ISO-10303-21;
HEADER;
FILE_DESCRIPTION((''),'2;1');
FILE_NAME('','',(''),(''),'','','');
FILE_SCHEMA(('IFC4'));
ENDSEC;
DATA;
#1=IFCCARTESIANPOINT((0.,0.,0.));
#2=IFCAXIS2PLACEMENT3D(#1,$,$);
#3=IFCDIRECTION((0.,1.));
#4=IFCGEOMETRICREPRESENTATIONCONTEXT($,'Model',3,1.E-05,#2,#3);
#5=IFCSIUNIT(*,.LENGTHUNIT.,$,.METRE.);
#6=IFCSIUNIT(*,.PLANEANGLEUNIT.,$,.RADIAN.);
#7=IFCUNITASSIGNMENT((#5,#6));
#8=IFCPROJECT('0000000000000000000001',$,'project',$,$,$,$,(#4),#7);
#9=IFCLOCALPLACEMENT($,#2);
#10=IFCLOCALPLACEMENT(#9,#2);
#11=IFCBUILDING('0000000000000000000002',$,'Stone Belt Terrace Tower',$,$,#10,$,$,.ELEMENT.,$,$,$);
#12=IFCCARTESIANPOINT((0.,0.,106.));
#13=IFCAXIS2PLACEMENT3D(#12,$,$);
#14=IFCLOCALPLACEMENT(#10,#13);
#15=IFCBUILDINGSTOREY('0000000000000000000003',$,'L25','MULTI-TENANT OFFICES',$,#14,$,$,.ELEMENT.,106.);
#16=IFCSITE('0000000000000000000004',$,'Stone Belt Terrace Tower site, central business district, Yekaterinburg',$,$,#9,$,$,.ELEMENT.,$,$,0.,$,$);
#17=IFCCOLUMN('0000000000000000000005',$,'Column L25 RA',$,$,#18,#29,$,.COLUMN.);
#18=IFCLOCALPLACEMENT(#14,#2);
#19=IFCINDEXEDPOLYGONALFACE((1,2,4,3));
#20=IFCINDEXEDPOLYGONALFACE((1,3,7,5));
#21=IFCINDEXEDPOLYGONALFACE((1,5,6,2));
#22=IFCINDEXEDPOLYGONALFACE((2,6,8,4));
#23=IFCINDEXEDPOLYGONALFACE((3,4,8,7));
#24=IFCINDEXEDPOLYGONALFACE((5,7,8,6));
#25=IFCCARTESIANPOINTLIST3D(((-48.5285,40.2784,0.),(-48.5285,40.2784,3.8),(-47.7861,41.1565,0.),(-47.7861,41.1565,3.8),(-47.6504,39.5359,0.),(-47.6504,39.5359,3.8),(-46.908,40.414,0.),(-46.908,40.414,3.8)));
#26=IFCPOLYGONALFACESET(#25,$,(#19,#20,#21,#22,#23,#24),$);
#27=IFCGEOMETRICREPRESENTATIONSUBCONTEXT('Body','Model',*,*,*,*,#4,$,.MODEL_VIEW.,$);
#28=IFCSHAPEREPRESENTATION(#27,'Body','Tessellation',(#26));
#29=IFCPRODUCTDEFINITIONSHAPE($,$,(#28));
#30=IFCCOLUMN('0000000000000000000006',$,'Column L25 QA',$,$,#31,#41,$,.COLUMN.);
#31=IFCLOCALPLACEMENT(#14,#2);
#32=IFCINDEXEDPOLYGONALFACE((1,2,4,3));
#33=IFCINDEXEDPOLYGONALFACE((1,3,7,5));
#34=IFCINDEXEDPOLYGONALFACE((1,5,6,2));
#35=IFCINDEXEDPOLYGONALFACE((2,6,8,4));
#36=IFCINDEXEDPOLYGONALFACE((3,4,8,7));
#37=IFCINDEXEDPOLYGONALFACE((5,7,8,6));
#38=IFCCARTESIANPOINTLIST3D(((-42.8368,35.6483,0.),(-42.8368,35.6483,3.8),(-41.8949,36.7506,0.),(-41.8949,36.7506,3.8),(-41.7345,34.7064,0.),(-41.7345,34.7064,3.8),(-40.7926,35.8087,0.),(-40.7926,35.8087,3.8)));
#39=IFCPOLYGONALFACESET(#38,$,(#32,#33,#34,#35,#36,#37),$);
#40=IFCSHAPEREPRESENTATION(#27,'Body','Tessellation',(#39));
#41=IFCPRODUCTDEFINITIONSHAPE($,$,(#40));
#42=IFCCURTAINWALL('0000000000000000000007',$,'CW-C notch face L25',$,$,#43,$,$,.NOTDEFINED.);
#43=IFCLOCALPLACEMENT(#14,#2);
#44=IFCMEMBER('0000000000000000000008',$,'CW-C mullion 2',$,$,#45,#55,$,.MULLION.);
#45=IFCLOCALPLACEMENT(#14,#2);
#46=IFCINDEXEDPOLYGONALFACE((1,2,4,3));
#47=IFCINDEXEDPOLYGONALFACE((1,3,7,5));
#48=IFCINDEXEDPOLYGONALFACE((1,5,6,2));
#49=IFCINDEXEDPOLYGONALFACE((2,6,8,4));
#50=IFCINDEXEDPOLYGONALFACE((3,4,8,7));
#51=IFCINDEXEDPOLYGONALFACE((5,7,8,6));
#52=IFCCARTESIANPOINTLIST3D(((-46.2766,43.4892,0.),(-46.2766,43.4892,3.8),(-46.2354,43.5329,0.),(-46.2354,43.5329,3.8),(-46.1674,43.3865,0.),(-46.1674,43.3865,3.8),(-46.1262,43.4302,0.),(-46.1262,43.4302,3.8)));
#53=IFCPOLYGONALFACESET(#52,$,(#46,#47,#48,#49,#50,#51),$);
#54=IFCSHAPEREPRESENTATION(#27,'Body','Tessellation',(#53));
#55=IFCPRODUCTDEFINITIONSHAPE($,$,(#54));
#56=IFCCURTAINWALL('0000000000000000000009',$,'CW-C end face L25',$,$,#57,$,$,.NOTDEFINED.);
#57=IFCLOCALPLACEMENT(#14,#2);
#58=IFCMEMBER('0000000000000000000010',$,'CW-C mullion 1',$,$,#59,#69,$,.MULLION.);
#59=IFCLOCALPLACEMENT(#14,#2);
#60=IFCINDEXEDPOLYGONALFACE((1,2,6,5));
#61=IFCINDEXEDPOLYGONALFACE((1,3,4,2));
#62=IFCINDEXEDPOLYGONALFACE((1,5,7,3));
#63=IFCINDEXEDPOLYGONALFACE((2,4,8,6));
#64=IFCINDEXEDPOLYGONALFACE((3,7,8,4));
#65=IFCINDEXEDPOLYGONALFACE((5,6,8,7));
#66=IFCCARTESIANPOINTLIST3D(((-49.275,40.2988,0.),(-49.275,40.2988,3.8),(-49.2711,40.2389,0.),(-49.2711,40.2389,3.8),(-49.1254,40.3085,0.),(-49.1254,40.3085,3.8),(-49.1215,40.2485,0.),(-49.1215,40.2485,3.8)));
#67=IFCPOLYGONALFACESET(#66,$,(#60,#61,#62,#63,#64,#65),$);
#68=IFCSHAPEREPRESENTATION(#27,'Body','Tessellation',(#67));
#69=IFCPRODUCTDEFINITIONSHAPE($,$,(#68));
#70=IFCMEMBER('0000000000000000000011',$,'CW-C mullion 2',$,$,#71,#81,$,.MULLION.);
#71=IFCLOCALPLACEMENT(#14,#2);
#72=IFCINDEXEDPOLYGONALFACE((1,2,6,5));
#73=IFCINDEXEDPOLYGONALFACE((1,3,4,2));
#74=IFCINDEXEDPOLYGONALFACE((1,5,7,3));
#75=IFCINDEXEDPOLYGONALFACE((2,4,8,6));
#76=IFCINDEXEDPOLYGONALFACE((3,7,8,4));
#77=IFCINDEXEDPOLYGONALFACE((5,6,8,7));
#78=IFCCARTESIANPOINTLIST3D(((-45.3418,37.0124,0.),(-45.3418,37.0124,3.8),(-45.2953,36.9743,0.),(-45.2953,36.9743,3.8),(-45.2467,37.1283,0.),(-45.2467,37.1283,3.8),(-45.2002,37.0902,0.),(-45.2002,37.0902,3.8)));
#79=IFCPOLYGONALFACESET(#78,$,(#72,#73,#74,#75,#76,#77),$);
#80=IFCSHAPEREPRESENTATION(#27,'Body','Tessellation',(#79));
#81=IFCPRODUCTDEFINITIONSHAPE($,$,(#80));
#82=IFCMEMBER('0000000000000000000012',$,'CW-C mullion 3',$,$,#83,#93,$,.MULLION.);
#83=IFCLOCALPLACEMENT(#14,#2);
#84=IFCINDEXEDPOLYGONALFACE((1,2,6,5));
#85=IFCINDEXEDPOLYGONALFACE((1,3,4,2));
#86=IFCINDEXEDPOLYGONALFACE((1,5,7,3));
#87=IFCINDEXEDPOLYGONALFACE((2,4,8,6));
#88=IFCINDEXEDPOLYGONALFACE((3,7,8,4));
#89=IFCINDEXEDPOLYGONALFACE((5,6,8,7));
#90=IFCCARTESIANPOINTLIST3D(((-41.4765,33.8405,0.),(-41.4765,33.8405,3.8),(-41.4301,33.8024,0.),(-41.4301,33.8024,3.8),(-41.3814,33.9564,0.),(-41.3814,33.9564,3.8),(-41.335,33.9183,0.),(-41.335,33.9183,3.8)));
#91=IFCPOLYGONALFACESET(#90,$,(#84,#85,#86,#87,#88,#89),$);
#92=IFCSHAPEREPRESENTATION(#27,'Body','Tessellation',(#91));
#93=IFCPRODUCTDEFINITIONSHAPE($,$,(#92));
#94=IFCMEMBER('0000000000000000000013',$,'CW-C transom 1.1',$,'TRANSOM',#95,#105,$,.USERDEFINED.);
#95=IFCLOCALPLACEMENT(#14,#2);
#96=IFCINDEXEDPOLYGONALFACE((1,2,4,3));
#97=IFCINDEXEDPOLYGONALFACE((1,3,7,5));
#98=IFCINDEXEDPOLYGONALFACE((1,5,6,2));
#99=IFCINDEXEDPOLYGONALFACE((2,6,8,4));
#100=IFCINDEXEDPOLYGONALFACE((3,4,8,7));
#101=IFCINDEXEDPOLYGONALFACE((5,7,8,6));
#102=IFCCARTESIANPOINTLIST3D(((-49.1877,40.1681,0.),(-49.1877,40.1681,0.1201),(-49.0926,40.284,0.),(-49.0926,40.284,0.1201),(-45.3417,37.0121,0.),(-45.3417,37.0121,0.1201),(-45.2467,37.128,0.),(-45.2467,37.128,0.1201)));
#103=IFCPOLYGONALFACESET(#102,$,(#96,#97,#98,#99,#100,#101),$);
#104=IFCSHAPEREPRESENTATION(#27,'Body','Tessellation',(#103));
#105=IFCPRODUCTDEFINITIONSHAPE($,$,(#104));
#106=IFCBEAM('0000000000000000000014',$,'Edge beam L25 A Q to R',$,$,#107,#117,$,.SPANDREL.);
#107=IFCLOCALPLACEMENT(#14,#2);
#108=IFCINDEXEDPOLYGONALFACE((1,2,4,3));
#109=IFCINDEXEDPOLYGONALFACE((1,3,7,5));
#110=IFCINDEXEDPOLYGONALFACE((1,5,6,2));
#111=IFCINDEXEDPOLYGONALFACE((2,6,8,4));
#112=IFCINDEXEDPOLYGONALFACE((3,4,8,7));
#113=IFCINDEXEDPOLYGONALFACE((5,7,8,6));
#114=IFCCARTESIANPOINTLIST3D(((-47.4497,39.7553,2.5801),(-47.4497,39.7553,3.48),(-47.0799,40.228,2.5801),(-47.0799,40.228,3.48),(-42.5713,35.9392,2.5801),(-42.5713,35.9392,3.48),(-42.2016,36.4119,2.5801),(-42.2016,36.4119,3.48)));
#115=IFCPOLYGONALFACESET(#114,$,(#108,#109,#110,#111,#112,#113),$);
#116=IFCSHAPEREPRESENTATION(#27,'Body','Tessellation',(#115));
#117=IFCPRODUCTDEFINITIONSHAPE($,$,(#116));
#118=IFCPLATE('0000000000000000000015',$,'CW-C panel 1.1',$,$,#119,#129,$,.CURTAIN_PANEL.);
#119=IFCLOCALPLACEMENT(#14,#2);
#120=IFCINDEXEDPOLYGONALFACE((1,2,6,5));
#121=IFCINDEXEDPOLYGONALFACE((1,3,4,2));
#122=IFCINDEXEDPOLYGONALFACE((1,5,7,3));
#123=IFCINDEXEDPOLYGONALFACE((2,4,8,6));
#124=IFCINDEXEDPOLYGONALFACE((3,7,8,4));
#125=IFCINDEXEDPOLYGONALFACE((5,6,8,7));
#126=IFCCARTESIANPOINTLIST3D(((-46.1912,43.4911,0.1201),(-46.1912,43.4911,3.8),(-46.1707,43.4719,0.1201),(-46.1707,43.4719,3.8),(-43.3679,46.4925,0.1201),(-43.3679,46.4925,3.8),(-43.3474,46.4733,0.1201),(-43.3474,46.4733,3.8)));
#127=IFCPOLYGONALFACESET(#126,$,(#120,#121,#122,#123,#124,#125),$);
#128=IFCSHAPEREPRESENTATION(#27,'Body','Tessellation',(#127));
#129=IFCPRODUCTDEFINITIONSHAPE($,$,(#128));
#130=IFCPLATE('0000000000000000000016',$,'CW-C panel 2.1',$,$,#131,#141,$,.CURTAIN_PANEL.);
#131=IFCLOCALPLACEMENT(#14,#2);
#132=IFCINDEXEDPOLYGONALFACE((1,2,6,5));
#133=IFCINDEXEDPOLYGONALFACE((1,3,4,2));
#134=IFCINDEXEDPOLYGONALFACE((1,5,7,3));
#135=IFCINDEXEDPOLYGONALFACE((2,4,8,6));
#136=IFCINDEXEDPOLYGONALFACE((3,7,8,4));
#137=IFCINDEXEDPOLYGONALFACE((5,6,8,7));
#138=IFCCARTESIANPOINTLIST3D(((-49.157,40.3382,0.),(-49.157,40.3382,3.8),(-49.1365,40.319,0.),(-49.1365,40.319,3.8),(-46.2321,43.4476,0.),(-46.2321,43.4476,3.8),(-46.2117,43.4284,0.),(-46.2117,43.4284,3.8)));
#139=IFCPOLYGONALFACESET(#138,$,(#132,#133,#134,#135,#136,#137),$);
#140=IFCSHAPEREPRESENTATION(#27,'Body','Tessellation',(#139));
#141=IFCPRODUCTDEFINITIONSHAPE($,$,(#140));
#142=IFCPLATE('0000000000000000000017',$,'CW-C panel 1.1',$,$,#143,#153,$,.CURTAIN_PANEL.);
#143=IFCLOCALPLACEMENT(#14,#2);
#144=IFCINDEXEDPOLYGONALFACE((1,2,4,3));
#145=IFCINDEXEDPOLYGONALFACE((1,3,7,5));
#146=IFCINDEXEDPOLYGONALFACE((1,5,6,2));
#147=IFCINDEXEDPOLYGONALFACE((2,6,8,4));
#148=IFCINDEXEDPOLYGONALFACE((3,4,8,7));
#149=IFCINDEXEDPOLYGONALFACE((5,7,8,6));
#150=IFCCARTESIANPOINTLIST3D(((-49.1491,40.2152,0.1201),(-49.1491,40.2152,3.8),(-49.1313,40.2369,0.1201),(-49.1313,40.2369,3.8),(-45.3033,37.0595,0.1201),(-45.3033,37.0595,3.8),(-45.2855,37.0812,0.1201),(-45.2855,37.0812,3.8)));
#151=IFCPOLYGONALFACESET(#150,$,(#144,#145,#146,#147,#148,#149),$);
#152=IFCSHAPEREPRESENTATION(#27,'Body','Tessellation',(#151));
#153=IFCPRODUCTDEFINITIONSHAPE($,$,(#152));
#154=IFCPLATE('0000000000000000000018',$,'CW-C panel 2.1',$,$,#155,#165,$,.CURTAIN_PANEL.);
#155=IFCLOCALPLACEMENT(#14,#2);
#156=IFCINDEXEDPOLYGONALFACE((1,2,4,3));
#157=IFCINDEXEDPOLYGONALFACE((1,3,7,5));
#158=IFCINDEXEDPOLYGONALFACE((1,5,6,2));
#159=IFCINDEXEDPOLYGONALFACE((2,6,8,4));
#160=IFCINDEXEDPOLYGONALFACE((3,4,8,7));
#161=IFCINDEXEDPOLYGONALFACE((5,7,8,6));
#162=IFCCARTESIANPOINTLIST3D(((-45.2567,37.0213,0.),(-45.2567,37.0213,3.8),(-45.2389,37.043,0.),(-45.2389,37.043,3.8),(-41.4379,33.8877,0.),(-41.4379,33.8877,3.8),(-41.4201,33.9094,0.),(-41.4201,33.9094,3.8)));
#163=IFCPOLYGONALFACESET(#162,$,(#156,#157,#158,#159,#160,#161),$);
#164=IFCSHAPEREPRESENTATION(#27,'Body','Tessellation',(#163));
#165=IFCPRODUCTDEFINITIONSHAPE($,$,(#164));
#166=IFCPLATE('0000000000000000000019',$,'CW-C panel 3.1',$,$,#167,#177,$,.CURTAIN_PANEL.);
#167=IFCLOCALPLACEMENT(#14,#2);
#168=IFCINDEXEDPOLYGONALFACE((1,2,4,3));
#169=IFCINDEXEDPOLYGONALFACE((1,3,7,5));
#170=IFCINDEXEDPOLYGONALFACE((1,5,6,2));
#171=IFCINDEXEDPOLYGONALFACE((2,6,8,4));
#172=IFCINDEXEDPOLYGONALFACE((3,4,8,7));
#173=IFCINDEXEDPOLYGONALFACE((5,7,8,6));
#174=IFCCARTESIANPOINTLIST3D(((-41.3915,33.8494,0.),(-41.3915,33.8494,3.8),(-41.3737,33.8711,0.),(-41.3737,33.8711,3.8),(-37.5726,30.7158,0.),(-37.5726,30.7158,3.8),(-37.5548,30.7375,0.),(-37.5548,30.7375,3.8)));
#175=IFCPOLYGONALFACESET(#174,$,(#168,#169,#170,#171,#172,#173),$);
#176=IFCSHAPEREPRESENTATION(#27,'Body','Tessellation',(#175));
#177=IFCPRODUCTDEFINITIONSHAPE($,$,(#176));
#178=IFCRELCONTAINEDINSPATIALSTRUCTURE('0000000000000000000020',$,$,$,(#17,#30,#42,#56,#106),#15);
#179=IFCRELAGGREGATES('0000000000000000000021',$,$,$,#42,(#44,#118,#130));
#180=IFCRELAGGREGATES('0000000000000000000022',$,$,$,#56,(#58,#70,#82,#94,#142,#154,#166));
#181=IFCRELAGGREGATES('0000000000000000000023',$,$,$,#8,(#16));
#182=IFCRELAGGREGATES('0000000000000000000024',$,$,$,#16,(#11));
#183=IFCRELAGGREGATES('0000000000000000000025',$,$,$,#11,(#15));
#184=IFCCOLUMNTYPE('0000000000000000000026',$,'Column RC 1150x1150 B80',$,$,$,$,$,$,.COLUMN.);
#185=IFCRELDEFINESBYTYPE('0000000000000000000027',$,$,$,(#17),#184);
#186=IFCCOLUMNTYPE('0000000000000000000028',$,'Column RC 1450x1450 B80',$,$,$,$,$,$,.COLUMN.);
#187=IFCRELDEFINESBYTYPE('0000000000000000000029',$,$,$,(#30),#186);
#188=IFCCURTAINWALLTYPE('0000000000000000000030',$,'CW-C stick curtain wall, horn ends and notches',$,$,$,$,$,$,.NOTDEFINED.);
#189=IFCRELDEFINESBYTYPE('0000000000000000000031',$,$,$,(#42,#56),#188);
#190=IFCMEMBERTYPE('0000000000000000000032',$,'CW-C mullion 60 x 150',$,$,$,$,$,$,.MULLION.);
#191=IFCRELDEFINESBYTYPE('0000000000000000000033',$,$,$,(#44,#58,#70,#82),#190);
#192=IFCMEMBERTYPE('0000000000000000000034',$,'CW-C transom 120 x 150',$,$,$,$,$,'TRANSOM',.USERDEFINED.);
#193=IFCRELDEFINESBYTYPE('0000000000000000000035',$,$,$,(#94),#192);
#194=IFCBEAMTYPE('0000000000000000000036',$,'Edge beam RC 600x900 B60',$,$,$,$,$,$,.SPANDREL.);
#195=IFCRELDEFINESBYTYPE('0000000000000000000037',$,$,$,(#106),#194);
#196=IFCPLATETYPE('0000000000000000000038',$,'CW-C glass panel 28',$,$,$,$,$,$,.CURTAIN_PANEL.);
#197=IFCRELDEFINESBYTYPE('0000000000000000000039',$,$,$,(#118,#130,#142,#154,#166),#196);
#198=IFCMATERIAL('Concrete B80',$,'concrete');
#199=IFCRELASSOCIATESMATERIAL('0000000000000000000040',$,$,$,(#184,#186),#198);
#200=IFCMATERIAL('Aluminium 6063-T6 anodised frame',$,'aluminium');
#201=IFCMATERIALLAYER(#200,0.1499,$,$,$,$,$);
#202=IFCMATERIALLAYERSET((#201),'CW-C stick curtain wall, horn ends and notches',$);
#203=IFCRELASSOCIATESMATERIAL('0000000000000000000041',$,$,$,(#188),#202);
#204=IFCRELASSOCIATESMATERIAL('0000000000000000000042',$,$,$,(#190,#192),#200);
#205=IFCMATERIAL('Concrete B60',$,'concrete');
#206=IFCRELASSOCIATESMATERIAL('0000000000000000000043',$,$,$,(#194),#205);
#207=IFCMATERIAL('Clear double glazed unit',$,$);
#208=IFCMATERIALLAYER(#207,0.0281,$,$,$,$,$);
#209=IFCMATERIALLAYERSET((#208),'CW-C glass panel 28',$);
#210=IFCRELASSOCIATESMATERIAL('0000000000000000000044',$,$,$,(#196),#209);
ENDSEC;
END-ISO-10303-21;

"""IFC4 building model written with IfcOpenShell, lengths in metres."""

from ifc_helpers import new_model, si_unit, direction, frame, origin, origin_2d, place, context, subcontext, project, spatial, rectangle, extrude, material, layer, layer_set, material_profile, profile_set, type_object, element, aggregate, save


model = new_model("IFC4")

# Units and contexts
model_context = context("Model", 3, precision=1e-05, world=origin(), true_north=direction((0.0, 1.0)))
body_context = subcontext(model_context, "Body", "Model", "MODEL_VIEW")
ifc_project = project(units=[si_unit("LENGTHUNIT", "METRE"), si_unit("PLANEANGLEUNIT", "RADIAN")], contexts=[model_context])

# Site, building, storey
site_placement = place(None, origin())
site = spatial("IfcSite", under=ifc_project, at=site_placement, Name="Stone Belt Terrace Tower site, central business district, Yekaterinburg", CompositionType="ELEMENT", RefElevation=0.0)
building_placement = place(site_placement, origin())
building = spatial("IfcBuilding", under=site, at=building_placement, Name="Stone Belt Terrace Tower", CompositionType="ELEMENT")
storey_placement = place(building_placement, frame((0.0, 0.0, 106.0)))
storey = spatial("IfcBuildingStorey", under=building, at=storey_placement, Name="L25", Description="MULTI-TENANT OFFICES", CompositionType="ELEMENT", Elevation=106.0)

# Columns
ifc_material_1 = material(Name="Concrete B80", Category="concrete")
ifc_material_profile_1 = material_profile(ifc_material_1, rectangle(XDim=1.1499, YDim=1.1499, at=origin_2d()), Name="RC 1150x1150")
ifc_profile_set_1 = profile_set([ifc_material_profile_1], Name="Concrete B80")
column_type_1 = type_object("IfcColumnType", Name="Column RC 1150x1150 B80", PredefinedType="COLUMN", material=ifc_profile_set_1)
column_1_placement = place(storey_placement, frame((-47.7183, 40.3462, 0.0), z_axis=(0.0, 0.0, 1.0), x_axis=(0.645656, 0.763628, 0.0)))
element("IfcColumn", 1, at=column_1_placement, inside=storey, type_object=column_type_1, Name="Column L25 RA", PredefinedType="COLUMN", context=body_context, shape_type="SweptSolid", body=[
    extrude(rectangle(XDim=1.1499, YDim=1.1499, at=origin_2d()), origin(), (0.0, 0.0, 1.0), 3.8),
])
ifc_material_profile_2 = material_profile(ifc_material_1, rectangle(XDim=1.45, YDim=1.45, at=origin_2d()), Name="RC 1450x1450")
ifc_profile_set_2 = profile_set([ifc_material_profile_2], Name="Concrete B80")
column_type_2 = type_object("IfcColumnType", Name="Column RC 1450x1450 B80", PredefinedType="COLUMN", material=ifc_profile_set_2)
column_2_placement = place(storey_placement, frame((-41.8147, 35.7285, 0.0), z_axis=(0.0, 0.0, 1.0), x_axis=(0.649609, 0.760269, 0.0)))
element("IfcColumn", 2, at=column_2_placement, inside=storey, type_object=column_type_2, Name="Column L25 QA", PredefinedType="COLUMN", context=body_context, shape_type="SweptSolid", body=[
    extrude(rectangle(XDim=1.45, YDim=1.45, at=origin_2d()), origin(), (0.0, 0.0, 1.0), 3.8),
])

# Curtain wall, member
ifc_material_2 = material(Name="Aluminium 6063-T6 anodised frame", Category="aluminium")
ifc_layer_1 = layer(ifc_material_2, 0.1499)
ifc_layer_set_1 = layer_set([ifc_layer_1], Name="CW-C stick curtain wall, horn ends and notches")
curtain_wall_type = type_object("IfcCurtainWallType", Name="CW-C stick curtain wall, horn ends and notches", PredefinedType="NOTDEFINED", material=ifc_layer_set_1)
curtain_wall_1_placement = place(storey_placement, origin())
curtain_wall_1 = element("IfcCurtainWall", 3, at=curtain_wall_1_placement, inside=storey, type_object=curtain_wall_type, Name="CW-C notch face L25", PredefinedType="NOTDEFINED")
ifc_material_profile_3 = material_profile(ifc_material_2, rectangle(XDim=0.1499, YDim=0.0601, at=origin_2d()), Name="Aluminium 6063-T6 60x150")
ifc_profile_set_3 = profile_set([ifc_material_profile_3], Name="Aluminium 6063-T6 anodised frame")
member_type_1 = type_object("IfcMemberType", Name="CW-C mullion 60 x 150", PredefinedType="MULLION", material=ifc_profile_set_3)
member_1_placement = place(storey_placement, frame((-46.2014, 43.4597, 0.0), z_axis=(0.0, 0.0, 1.0), x_axis=(0.728389, -0.685164, 0.0)))
member_1 = element("IfcMember", 4, at=member_1_placement, type_object=member_type_1, Name="CW-C mullion 2", PredefinedType="MULLION", context=body_context, shape_type="SweptSolid", body=[
    extrude(rectangle(XDim=0.1499, YDim=0.0601, at=origin_2d()), origin(), (0.0, 0.0, 1.0), 3.8),
])

# Curtain wall, members
curtain_wall_2_placement = place(storey_placement, origin())
curtain_wall_2 = element("IfcCurtainWall", 5, at=curtain_wall_2_placement, inside=storey, type_object=curtain_wall_type, Name="CW-C end face L25", PredefinedType="NOTDEFINED")
member_2_placement = place(storey_placement, frame((-49.1982, 40.2737, 0.0), z_axis=(0.0, 0.0, 1.0), x_axis=(0.997927, 0.064359, 0.0)))
member_2 = element("IfcMember", 6, at=member_2_placement, type_object=member_type_1, Name="CW-C mullion 1", PredefinedType="MULLION", context=body_context, shape_type="SweptSolid", body=[
    extrude(rectangle(XDim=0.1499, YDim=0.0601, at=origin_2d()), origin(), (0.0, 0.0, 1.0), 3.8),
])
member_3_placement = place(storey_placement, frame((-45.271, 37.0513, 0.0), z_axis=(0.0, 0.0, 1.0), x_axis=(0.634344, 0.773051, 0.0)))
member_3 = element("IfcMember", 7, at=member_3_placement, type_object=member_type_1, Name="CW-C mullion 2", PredefinedType="MULLION", context=body_context, shape_type="SweptSolid", body=[
    extrude(rectangle(XDim=0.1499, YDim=0.0601, at=origin_2d()), origin(), (0.0, 0.0, 1.0), 3.8),
])
member_4_placement = place(storey_placement, frame((-41.4058, 33.8794, 0.0), z_axis=(0.0, 0.0, 1.0), x_axis=(0.634344, 0.773051, 0.0)))
member_4 = element("IfcMember", 8, at=member_4_placement, type_object=member_type_1, Name="CW-C mullion 3", PredefinedType="MULLION", context=body_context, shape_type="SweptSolid", body=[
    extrude(rectangle(XDim=0.1499, YDim=0.0601, at=origin_2d()), origin(), (0.0, 0.0, 1.0), 3.8),
])
ifc_material_profile_4 = material_profile(ifc_material_2, rectangle(XDim=0.1499, YDim=0.1201, at=origin_2d()), Name="Aluminium 6063-T6 150x120")
ifc_profile_set_4 = profile_set([ifc_material_profile_4], Name="Aluminium 6063-T6 anodised frame")
member_type_2 = type_object("IfcMemberType", Name="CW-C transom 120 x 150", ElementType="TRANSOM", PredefinedType="USERDEFINED", material=ifc_profile_set_4)
member_5_placement = place(storey_placement, frame((-49.1401, 40.2261, 0.0601), z_axis=(0.773038, -0.634359, 0.0), x_axis=(0.634359, 0.773038, 0.0)))
member_5 = element("IfcMember", 9, at=member_5_placement, type_object=member_type_2, Name="CW-C transom 1.1", ObjectType="TRANSOM", PredefinedType="USERDEFINED", context=body_context, shape_type="SweptSolid", body=[
    extrude(rectangle(XDim=0.1499, YDim=0.1201, at=origin_2d()), origin(), (0.0, 0.0, 1.0), 4.9751),
])

# Beam
ifc_material_3 = material(Name="Concrete B60", Category="concrete")
ifc_material_profile_5 = material_profile(ifc_material_3, rectangle(XDim=0.6001, YDim=0.8999, at=origin_2d()), Name="RC 600x900")
ifc_profile_set_5 = profile_set([ifc_material_profile_5], Name="Concrete B60")
beam_type = type_object("IfcBeamType", Name="Edge beam RC 600x900 B60", PredefinedType="SPANDREL", material=ifc_profile_set_5)
beam_placement = place(storey_placement, frame((-42.3865, 36.1755, 3.03), z_axis=(-0.787641, 0.616135, 0.0), x_axis=(-0.616135, -0.787641, 0.0)))
element("IfcBeam", 10, at=beam_placement, inside=storey, type_object=beam_type, Name="Edge beam L25 A Q to R", PredefinedType="SPANDREL", context=body_context, shape_type="SweptSolid", body=[
    extrude(rectangle(XDim=0.6001, YDim=0.8999, at=origin_2d()), origin(), (0.0, 0.0, 1.0), 6.1936),
])

# Plates
ifc_material_4 = material(Name="Clear double glazed unit")
ifc_layer_2 = layer(ifc_material_4, 0.0281)
ifc_layer_set_2 = layer_set([ifc_layer_2], Name="CW-C glass panel 28")
plate_type = type_object("IfcPlateType", Name="CW-C glass panel 28", PredefinedType="CURTAIN_PANEL", material=ifc_layer_set_2)
plate_1_placement = place(storey_placement, frame((-44.7693, 44.9822, 0.1201), z_axis=(0.0, 0.0, 1.0), x_axis=(-0.685164, -0.728389, 0.0)))
plate_1 = element("IfcPlate", 11, at=plate_1_placement, type_object=plate_type, Name="CW-C panel 1.1", PredefinedType="CURTAIN_PANEL", context=body_context, shape_type="SweptSolid", body=[
    extrude(rectangle(XDim=4.1206, YDim=0.0281, at=origin_2d()), origin(), (0.0, 0.0, 1.0), 3.6799),
])
plate_2_placement = place(storey_placement, frame((-47.6843, 41.8833, 0.0), z_axis=(0.0, 0.0, 1.0), x_axis=(-0.685164, -0.728389, 0.0)))
plate_2 = element("IfcPlate", 12, at=plate_2_placement, type_object=plate_type, Name="CW-C panel 2.1", PredefinedType="CURTAIN_PANEL", context=body_context, shape_type="SweptSolid", body=[
    extrude(rectangle(XDim=4.2688, YDim=0.0281, at=origin_2d()), origin(), (0.0, 0.0, 1.0), 3.8),
])
aggregate(curtain_wall_1, [member_1, plate_1, plate_2])
plate_3_placement = place(storey_placement, frame((-47.2173, 38.6482, 0.1201), z_axis=(0.0, 0.0, 1.0), x_axis=(0.773051, -0.634344, 0.0)))
plate_3 = element("IfcPlate", 13, at=plate_3_placement, type_object=plate_type, Name="CW-C panel 1.1", PredefinedType="CURTAIN_PANEL", context=body_context, shape_type="SweptSolid", body=[
    extrude(rectangle(XDim=4.9749, YDim=0.0281, at=origin_2d()), origin(), (0.0, 0.0, 1.0), 3.6799),
])
plate_4_placement = place(storey_placement, frame((-43.3384, 35.4653, 0.0), z_axis=(0.0, 0.0, 1.0), x_axis=(0.773051, -0.634344, 0.0)))
plate_4 = element("IfcPlate", 14, at=plate_4_placement, type_object=plate_type, Name="CW-C panel 2.1", PredefinedType="CURTAIN_PANEL", context=body_context, shape_type="SweptSolid", body=[
    extrude(rectangle(XDim=4.9399, YDim=0.0281, at=origin_2d()), origin(), (0.0, 0.0, 1.0), 3.8),
])
plate_5_placement = place(storey_placement, frame((-39.4731, 32.2935, 0.0), z_axis=(0.0, 0.0, 1.0), x_axis=(0.773051, -0.634344, 0.0)))
plate_5 = element("IfcPlate", 15, at=plate_5_placement, type_object=plate_type, Name="CW-C panel 3.1", PredefinedType="CURTAIN_PANEL", context=body_context, shape_type="SweptSolid", body=[
    extrude(rectangle(XDim=4.9399, YDim=0.0281, at=origin_2d()), origin(), (0.0, 0.0, 1.0), 3.8),
])
aggregate(curtain_wall_2, [member_2, member_3, member_4, member_5, plate_3, plate_4, plate_5])

save(model, "model.ifc")
